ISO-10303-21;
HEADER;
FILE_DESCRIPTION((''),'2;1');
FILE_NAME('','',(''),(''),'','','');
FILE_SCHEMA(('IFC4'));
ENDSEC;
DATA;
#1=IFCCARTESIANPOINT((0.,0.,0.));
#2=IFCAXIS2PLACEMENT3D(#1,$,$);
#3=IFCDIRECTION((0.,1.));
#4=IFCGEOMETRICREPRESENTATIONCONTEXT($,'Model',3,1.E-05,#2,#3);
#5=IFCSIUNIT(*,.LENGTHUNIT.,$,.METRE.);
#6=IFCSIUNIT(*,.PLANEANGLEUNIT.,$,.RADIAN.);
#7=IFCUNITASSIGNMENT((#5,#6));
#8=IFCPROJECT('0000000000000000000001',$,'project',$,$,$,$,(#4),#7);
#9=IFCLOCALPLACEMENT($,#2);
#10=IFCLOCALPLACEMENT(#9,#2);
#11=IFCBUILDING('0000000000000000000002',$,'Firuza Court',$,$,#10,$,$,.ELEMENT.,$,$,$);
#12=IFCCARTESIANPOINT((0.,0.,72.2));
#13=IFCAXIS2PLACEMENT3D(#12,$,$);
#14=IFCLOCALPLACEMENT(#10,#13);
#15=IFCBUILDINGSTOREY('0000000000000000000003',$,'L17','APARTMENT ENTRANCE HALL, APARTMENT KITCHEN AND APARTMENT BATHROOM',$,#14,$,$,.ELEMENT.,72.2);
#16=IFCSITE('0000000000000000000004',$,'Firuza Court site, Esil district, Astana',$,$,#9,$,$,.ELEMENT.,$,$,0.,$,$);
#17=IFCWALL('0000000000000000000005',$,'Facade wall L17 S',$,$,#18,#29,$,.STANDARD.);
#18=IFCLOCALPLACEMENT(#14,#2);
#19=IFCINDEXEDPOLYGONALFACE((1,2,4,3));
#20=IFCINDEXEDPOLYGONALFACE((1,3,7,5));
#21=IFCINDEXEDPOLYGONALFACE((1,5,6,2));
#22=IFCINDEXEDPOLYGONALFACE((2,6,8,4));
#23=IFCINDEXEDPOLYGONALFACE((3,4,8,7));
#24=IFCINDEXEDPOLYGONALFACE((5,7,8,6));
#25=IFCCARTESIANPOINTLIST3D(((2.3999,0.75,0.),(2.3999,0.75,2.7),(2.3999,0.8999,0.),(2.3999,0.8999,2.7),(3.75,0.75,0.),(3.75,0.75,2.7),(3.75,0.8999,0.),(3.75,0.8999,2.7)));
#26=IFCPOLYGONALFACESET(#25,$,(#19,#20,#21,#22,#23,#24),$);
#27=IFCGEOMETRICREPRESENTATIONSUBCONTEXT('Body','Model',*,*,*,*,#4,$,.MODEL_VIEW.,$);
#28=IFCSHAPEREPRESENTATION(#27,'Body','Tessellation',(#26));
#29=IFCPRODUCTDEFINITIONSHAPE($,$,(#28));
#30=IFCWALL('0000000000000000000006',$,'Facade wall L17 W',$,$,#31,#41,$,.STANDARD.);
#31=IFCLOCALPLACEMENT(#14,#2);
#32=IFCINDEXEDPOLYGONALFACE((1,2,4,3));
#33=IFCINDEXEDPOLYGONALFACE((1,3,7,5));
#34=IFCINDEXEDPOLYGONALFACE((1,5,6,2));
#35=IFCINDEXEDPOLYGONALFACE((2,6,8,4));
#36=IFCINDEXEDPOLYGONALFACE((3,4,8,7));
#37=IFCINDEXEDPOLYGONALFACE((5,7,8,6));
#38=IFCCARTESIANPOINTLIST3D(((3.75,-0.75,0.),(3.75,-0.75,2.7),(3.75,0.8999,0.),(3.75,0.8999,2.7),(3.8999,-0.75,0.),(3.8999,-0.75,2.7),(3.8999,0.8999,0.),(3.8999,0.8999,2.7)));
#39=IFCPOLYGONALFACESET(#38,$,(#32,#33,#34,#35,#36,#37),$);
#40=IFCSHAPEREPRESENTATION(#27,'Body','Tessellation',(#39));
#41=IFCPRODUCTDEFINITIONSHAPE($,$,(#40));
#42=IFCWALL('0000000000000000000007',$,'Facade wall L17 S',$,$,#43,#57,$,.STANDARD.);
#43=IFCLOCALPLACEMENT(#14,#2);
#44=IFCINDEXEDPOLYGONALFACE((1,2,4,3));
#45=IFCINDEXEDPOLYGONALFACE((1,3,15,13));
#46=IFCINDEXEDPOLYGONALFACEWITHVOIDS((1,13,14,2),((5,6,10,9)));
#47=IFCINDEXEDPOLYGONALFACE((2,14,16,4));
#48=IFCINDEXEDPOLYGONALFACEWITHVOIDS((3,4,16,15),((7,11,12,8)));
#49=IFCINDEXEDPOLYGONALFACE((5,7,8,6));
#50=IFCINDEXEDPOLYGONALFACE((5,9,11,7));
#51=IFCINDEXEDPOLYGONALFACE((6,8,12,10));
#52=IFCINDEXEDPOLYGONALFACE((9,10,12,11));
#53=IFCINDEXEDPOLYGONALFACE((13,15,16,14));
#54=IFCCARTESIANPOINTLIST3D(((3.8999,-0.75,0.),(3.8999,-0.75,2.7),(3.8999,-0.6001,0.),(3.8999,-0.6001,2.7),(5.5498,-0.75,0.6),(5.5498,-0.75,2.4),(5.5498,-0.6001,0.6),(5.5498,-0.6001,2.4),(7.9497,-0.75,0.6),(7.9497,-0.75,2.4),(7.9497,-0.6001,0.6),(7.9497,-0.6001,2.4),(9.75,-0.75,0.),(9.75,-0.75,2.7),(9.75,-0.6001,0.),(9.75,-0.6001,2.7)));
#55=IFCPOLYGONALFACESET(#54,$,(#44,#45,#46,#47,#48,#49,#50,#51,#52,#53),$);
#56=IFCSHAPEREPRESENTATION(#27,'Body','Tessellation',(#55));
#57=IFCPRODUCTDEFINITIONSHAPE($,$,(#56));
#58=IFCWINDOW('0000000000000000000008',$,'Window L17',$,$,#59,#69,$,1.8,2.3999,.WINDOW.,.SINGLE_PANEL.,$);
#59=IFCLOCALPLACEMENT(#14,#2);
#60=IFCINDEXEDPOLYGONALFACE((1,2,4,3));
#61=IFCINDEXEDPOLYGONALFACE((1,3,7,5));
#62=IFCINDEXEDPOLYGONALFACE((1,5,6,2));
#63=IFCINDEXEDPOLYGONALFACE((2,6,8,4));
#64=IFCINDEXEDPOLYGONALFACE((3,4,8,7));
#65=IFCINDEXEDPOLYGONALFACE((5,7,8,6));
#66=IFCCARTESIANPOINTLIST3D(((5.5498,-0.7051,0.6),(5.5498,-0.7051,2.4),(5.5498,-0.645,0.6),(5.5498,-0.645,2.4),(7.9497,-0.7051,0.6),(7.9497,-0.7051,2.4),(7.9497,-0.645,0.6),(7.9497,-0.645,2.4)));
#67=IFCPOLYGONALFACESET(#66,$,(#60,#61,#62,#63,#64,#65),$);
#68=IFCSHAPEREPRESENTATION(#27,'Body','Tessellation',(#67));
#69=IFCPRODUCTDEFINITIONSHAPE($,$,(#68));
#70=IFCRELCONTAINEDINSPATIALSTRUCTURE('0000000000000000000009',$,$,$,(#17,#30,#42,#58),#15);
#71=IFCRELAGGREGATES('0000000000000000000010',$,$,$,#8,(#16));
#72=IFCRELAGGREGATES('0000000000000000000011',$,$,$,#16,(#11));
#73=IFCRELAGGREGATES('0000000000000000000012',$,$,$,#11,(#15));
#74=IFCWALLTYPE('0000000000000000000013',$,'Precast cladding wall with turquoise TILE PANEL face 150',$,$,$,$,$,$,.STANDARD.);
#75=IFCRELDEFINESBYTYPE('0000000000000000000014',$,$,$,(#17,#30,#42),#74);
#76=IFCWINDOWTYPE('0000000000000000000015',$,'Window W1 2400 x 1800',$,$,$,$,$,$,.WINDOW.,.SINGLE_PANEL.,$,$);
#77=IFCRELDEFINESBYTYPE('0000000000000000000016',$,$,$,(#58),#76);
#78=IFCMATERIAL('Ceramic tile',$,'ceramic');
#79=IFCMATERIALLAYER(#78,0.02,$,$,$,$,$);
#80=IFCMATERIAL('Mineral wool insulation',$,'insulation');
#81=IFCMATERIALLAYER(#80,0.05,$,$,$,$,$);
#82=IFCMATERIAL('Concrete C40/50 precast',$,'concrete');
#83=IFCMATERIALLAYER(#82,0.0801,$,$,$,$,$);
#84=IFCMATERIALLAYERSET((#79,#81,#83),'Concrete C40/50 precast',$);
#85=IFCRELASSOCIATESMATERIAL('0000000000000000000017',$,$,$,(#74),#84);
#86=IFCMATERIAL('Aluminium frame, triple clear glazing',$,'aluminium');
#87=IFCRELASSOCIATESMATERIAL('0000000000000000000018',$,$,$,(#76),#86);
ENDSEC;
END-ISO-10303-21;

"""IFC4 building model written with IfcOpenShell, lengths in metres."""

from ifc_helpers import new_model, si_unit, direction, frame, frame_2d, origin, place, context, subcontext, project, spatial, rectangle, extrude, material, layer, layer_set, type_object, element, fill, save


model = new_model("IFC4")

# Units and contexts
model_context = context("Model", 3, precision=1e-05, world=origin(), true_north=direction((0.0, 1.0)))
body_context = subcontext(model_context, "Body", "Model", "MODEL_VIEW")
ifc_project = project(units=[si_unit("LENGTHUNIT", "METRE"), si_unit("PLANEANGLEUNIT", "RADIAN")], contexts=[model_context])

# Site, building, storey
site_placement = place(None, origin())
site = spatial("IfcSite", under=ifc_project, at=site_placement, Name="Firuza Court site, Esil district, Astana", CompositionType="ELEMENT", RefElevation=0.0)
building_placement = place(site_placement, origin())
building = spatial("IfcBuilding", under=site, at=building_placement, Name="Firuza Court", CompositionType="ELEMENT")
storey_placement = place(building_placement, frame((0.0, 0.0, 72.2)))
storey = spatial("IfcBuildingStorey", under=building, at=storey_placement, Name="L17", Description="APARTMENT ENTRANCE HALL, APARTMENT KITCHEN AND APARTMENT BATHROOM", CompositionType="ELEMENT", Elevation=72.2)

# Shared definitions
ifc_material_1 = material(Name="Concrete C40/50 precast", Category="concrete")

# Walls
ifc_material_2 = material(Name="Ceramic tile", Category="ceramic")
ifc_layer_1 = layer(ifc_material_2, 0.02)
ifc_material_3 = material(Name="Mineral wool insulation", Category="insulation")
ifc_layer_2 = layer(ifc_material_3, 0.05)
ifc_layer_3 = layer(ifc_material_1, 0.0801)
ifc_layer_set_1 = layer_set([ifc_layer_1, ifc_layer_2, ifc_layer_3], Name="Concrete C40/50 precast")
wall_type_1 = type_object("IfcWallType", Name="Precast cladding wall with turquoise TILE PANEL face 150", PredefinedType="STANDARD", material=ifc_layer_set_1)
wall_1_placement = place(storey_placement, frame((2.3999, 0.825, 0.0), z_axis=(0.0, 0.0, 1.0), x_axis=(1.0, 0.0, 0.0)))
element("IfcWall", 1, at=wall_1_placement, inside=storey, type_object=wall_type_1, Name="Facade wall L17 S", PredefinedType="STANDARD", context=body_context, shape_type="SweptSolid", body=[
    extrude(rectangle(XDim=1.3501, YDim=0.1499, at=frame_2d((0.675, 0.0))), origin(), (0.0, 0.0, 1.0), 2.7),
])
wall_2_placement = place(storey_placement, frame((3.825, 0.8999, 0.0), z_axis=(0.0, 0.0, 1.0), x_axis=(0.0, -1.0, 0.0)))
element("IfcWall", 2, at=wall_2_placement, inside=storey, type_object=wall_type_1, Name="Facade wall L17 W", PredefinedType="STANDARD", context=body_context, shape_type="SweptSolid", body=[
    extrude(rectangle(XDim=1.6499, YDim=0.1499, at=frame_2d((0.825, 0.0))), origin(), (0.0, 0.0, 1.0), 2.7),
])

# Wall, opening, window
wall_3_placement = place(storey_placement, frame((3.8999, -0.675, 0.0), z_axis=(0.0, 0.0, 1.0), x_axis=(1.0, 0.0, 0.0)))
wall_3 = element("IfcWall", 3, at=wall_3_placement, inside=storey, type_object=wall_type_1, Name="Facade wall L17 S", PredefinedType="STANDARD", context=body_context, shape_type="SweptSolid", body=[
    extrude(rectangle(XDim=5.8501, YDim=0.1499, at=frame_2d((2.925, 0.0))), origin(), (0.0, 0.0, 1.0), 2.7),
])
opening_placement = place(wall_3_placement, frame((1.6499, 0.0, 0.6001)))
opening = element("IfcOpeningElement", 4, at=opening_placement, cuts=wall_3, PredefinedType="OPENING", context=body_context, shape_type="SweptSolid", body=[
    extrude(rectangle(XDim=2.3999, YDim=1.8, at=frame_2d((1.2, 0.8999))), frame((0.0, 0.0869, 0.0), z_axis=(0.0, -1.0, 0.0), x_axis=(1.0, 0.0, 0.0)), (0.0, 0.0, 1.0), 0.1738),
])
ifc_material_4 = material(Name="Aluminium frame, triple clear glazing", Category="aluminium")
window_type = type_object("IfcWindowType", Name="Window W1 2400 x 1800", PartitioningType="SINGLE_PANEL", PredefinedType="WINDOW", material=ifc_material_4)
window_placement = place(opening_placement, origin())
window = element("IfcWindow", 5, at=window_placement, inside=storey, type_object=window_type, Name="Window L17", OverallHeight=1.8, OverallWidth=2.3999, PartitioningType="SINGLE_PANEL", PredefinedType="WINDOW", context=body_context, shape_type="SweptSolid", body=[
    extrude(rectangle(XDim=2.3999, YDim=1.8, at=frame_2d((1.2, 0.8999))), frame((0.0, 0.03, 0.0), z_axis=(0.0, -1.0, 0.0), x_axis=(1.0, 0.0, 0.0)), (0.0, 0.0, 1.0), 0.0601),
])
fill(opening, window)

save(model, "model.ifc")
